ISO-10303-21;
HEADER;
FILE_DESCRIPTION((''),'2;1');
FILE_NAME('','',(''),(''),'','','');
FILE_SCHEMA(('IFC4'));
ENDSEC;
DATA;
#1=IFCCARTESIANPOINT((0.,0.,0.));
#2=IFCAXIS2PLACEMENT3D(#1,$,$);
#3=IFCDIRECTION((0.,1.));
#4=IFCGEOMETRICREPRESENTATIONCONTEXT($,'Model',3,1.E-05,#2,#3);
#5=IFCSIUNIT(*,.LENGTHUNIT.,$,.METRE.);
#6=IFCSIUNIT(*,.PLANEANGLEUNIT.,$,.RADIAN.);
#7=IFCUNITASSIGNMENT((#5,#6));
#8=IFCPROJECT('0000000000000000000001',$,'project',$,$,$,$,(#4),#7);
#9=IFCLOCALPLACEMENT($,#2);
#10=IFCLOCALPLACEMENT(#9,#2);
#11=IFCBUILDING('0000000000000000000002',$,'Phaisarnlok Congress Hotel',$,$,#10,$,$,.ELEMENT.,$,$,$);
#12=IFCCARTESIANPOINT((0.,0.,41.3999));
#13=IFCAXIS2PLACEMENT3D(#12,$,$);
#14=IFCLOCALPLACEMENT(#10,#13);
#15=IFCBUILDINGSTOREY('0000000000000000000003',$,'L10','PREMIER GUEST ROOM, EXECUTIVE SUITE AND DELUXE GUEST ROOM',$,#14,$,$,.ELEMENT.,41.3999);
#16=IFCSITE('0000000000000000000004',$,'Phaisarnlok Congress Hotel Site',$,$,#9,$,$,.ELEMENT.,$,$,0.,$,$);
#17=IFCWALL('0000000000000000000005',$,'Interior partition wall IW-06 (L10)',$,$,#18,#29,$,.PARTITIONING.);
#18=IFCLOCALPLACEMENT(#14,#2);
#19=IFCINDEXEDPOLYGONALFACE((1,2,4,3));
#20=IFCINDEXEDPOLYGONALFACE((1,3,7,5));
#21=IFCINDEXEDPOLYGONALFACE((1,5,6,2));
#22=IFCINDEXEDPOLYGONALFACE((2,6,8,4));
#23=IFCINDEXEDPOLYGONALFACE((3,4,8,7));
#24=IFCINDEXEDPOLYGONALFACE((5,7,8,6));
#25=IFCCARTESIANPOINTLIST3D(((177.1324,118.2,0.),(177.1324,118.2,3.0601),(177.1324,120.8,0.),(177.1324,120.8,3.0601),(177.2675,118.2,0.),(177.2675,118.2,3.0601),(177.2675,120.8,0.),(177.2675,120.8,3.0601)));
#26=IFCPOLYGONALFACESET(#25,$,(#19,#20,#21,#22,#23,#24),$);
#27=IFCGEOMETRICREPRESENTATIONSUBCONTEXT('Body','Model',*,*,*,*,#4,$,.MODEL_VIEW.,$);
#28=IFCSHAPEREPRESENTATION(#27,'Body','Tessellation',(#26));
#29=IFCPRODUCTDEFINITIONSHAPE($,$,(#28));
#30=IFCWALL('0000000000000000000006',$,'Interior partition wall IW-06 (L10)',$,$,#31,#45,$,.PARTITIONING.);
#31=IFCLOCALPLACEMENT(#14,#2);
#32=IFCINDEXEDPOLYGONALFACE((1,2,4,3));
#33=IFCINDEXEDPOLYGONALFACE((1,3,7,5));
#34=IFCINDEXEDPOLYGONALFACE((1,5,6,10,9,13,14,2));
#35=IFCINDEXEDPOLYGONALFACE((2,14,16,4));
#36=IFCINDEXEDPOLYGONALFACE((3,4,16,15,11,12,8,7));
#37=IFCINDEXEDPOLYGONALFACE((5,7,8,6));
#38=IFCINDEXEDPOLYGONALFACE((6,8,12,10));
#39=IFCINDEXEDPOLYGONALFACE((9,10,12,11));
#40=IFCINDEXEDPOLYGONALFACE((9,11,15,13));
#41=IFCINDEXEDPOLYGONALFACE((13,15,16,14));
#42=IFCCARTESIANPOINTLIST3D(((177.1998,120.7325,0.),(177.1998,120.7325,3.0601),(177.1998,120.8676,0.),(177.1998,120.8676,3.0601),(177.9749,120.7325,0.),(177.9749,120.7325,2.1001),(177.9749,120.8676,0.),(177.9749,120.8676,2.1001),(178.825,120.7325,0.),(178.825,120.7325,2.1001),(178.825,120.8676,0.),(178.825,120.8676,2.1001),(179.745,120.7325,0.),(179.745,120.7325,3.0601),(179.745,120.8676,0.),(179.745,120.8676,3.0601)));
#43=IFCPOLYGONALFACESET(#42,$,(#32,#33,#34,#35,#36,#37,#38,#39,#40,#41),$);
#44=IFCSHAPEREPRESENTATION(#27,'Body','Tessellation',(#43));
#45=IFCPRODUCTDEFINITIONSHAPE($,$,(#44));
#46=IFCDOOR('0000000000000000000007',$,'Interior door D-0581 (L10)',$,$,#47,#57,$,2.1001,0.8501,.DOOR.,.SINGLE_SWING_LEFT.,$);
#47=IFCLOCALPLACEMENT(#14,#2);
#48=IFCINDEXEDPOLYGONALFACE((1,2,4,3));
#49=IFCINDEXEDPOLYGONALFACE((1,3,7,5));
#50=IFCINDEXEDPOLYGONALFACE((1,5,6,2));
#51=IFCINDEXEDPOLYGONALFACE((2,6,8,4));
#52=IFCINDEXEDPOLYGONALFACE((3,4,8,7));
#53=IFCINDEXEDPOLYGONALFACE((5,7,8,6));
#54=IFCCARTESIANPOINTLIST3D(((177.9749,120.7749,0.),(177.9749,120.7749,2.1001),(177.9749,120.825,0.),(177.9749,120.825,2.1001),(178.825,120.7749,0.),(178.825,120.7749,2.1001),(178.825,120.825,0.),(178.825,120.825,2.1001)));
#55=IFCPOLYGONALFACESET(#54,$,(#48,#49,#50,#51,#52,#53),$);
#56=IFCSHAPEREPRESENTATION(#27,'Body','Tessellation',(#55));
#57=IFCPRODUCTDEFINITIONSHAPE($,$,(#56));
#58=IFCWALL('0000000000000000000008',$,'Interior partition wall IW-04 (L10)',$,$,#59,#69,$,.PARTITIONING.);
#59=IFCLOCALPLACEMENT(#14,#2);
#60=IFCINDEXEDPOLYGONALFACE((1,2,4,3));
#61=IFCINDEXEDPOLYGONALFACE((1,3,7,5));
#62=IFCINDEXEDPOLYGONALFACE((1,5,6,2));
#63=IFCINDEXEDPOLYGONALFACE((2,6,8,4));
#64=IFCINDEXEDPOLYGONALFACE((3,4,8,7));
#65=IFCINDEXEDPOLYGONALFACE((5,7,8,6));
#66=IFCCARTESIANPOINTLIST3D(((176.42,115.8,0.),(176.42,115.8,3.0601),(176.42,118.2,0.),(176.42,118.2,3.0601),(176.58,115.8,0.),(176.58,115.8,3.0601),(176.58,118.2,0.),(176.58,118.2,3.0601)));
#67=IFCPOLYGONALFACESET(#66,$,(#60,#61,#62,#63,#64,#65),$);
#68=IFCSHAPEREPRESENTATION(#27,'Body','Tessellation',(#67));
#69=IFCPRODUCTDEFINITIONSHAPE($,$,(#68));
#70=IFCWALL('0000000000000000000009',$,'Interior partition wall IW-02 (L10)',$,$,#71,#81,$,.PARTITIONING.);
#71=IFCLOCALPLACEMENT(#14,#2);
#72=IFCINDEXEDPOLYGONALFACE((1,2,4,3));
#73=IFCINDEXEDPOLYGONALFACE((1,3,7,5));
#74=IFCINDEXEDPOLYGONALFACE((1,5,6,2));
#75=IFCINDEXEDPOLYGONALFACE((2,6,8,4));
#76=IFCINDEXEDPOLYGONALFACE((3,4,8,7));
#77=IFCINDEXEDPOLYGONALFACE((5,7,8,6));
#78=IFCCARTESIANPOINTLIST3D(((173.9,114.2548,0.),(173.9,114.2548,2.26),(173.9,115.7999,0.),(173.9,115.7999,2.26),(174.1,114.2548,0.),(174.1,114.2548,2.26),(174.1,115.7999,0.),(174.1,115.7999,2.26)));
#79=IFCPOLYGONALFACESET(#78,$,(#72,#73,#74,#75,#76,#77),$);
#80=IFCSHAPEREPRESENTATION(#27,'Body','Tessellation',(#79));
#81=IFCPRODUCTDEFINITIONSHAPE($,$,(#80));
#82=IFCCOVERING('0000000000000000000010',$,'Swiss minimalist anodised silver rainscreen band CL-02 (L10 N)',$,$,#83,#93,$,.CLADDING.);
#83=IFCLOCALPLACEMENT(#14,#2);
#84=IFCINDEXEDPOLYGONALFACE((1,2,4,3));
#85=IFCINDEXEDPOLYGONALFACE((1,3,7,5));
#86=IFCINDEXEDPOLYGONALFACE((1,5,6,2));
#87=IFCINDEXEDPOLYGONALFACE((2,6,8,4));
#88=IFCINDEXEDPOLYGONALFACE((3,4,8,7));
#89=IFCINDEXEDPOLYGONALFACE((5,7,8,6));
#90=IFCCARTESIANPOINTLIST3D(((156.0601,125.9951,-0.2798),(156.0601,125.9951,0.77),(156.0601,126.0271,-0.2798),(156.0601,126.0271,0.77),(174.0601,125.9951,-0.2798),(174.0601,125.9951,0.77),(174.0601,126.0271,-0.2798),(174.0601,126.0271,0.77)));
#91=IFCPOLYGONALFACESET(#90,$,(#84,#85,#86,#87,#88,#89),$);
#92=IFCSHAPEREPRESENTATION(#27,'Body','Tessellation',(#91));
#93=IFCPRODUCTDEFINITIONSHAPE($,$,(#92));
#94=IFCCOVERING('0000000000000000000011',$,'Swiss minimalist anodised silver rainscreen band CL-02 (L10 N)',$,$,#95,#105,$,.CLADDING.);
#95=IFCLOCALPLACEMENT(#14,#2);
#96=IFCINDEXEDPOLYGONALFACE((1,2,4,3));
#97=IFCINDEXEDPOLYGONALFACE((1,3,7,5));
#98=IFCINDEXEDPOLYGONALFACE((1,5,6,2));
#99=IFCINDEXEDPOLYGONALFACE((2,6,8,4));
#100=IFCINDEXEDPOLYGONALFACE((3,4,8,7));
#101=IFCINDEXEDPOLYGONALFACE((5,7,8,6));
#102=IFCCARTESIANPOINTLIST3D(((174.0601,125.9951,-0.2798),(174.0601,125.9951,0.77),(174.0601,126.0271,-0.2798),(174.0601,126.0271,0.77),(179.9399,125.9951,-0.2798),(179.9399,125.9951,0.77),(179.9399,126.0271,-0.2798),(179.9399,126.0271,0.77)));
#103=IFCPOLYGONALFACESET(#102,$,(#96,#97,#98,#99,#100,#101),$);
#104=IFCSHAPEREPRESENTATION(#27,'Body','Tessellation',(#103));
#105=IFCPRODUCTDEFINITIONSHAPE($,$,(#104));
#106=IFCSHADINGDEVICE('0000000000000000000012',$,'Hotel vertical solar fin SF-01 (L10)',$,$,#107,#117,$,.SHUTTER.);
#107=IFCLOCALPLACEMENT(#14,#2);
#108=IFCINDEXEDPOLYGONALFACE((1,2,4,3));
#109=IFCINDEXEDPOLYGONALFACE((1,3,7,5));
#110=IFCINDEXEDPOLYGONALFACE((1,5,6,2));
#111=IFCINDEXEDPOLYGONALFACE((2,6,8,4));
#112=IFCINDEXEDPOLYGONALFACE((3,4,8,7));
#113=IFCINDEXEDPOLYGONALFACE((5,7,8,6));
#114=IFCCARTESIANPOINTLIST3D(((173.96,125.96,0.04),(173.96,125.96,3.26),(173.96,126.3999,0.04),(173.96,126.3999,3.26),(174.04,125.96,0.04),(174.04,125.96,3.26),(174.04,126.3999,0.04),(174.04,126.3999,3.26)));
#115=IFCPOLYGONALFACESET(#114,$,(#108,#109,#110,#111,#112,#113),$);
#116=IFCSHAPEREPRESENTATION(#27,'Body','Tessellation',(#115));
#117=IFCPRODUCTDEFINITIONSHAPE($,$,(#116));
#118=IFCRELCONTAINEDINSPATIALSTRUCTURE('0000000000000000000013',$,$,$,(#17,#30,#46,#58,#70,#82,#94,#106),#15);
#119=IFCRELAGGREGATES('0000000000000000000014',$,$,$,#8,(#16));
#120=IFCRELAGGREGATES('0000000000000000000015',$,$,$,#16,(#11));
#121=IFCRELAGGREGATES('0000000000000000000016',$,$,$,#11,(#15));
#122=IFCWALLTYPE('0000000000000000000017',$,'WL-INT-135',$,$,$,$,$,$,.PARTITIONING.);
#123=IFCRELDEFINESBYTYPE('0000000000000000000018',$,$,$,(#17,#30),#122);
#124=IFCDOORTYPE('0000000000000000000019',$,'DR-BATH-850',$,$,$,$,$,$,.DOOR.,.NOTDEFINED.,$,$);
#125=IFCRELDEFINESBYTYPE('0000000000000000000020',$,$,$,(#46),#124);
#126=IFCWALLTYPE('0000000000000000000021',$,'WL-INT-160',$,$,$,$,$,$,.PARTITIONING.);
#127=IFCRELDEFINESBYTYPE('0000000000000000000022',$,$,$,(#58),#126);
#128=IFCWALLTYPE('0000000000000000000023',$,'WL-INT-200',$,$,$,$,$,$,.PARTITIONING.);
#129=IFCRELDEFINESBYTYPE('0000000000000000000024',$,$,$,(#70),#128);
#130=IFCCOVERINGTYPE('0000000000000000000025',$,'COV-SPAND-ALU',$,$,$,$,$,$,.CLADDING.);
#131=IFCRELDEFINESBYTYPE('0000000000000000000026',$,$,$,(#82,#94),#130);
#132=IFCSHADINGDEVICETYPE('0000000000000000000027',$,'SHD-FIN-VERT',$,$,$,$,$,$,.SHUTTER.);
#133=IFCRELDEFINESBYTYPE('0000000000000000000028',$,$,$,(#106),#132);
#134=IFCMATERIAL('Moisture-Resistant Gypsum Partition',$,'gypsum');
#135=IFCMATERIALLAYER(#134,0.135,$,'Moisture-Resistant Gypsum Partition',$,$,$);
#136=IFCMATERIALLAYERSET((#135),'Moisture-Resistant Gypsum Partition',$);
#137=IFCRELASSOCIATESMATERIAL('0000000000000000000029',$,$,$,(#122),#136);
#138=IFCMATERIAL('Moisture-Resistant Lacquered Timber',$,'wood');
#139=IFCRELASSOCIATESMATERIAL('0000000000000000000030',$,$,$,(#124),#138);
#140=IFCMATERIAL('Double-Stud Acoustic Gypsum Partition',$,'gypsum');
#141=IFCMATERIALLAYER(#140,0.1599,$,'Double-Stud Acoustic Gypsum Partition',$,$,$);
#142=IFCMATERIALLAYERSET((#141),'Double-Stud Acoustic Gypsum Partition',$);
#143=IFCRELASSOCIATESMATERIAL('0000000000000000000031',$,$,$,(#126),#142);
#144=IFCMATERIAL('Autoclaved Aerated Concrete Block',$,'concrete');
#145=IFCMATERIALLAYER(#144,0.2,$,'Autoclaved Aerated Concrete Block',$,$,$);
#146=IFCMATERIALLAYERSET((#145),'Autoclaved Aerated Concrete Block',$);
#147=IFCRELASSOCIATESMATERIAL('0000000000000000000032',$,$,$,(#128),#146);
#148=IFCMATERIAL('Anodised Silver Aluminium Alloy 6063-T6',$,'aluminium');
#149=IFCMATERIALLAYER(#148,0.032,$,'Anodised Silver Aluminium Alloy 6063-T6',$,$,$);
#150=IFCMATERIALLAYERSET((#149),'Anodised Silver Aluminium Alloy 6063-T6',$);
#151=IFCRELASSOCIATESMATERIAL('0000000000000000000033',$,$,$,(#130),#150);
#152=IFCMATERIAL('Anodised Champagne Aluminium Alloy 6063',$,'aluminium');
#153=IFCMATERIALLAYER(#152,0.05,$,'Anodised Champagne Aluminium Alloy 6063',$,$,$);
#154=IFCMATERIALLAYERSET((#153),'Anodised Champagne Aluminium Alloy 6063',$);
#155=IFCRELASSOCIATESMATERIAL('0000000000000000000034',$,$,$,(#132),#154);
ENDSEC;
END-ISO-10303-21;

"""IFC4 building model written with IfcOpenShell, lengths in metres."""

from ifc_helpers import new_model, si_unit, direction, frame, frame_2d, origin, origin_2d, place, context, subcontext, project, spatial, polyline, rectangle, outline, extrude, material, layer, layer_set, type_object, element, fill, save


model = new_model("IFC4")

# Units and contexts
model_context = context("Model", 3, precision=1e-05, world=origin(), true_north=direction((0.0, 1.0)))
body_context = subcontext(model_context, "Body", "Model", "MODEL_VIEW")
ifc_project = project(units=[si_unit("LENGTHUNIT", "METRE"), si_unit("PLANEANGLEUNIT", "RADIAN")], contexts=[model_context])

# Site, building, storey
site_placement = place(None, origin())
site = spatial("IfcSite", under=ifc_project, at=site_placement, Name="Phaisarnlok Congress Hotel Site", CompositionType="ELEMENT", RefElevation=0.0)
building_placement = place(site_placement, origin())
building = spatial("IfcBuilding", under=site, at=building_placement, Name="Phaisarnlok Congress Hotel", CompositionType="ELEMENT")
storey_placement = place(building_placement, frame((0.0, 0.0, 41.3999)))
storey = spatial("IfcBuildingStorey", under=building, at=storey_placement, Name="L10", Description="PREMIER GUEST ROOM, EXECUTIVE SUITE AND DELUXE GUEST ROOM", CompositionType="ELEMENT", Elevation=41.3999)

# Wall
ifc_material_1 = material(Name="Moisture-Resistant Gypsum Partition", Category="gypsum")
ifc_layer_1 = layer(ifc_material_1, 0.135, Name="Moisture-Resistant Gypsum Partition")
ifc_layer_set_1 = layer_set([ifc_layer_1], Name="Moisture-Resistant Gypsum Partition")
wall_type_1 = type_object("IfcWallType", Name="WL-INT-135", PredefinedType="PARTITIONING", material=ifc_layer_set_1)
wall_1_placement = place(storey_placement, frame((177.2, 118.2, 0.0), z_axis=(0.0, 0.0, 1.0), x_axis=(0.0, 1.0, 0.0)))
element("IfcWall", 1, at=wall_1_placement, inside=storey, type_object=wall_type_1, Name="Interior partition wall IW-06 (L10)", PredefinedType="PARTITIONING", context=body_context, shape_type="SweptSolid", body=[
    extrude(rectangle(XDim=2.6001, YDim=0.135, at=frame_2d((1.3, 0.0))), origin(), (0.0, 0.0, 1.0), 3.0601),
])

# Wall, opening, door
wall_2_placement = place(storey_placement, frame((177.2, 120.8, 0.0), z_axis=(0.0, 0.0, 1.0), x_axis=(1.0, 0.0, 0.0)))
wall_2 = element("IfcWall", 2, at=wall_2_placement, inside=storey, type_object=wall_type_1, Name="Interior partition wall IW-06 (L10)", PredefinedType="PARTITIONING", context=body_context, shape_type="SweptSolid", body=[
    extrude(rectangle(XDim=2.5452, YDim=0.135, at=frame_2d((1.2725, 0.0))), origin(), (0.0, 0.0, 1.0), 3.0601),
])
opening_1_placement = place(wall_2_placement, frame((0.7749, 0.0, 0.0)))
opening_1 = element("IfcOpeningElement", 3, at=opening_1_placement, cuts=wall_2, PredefinedType="OPENING", context=body_context, shape_type="SweptSolid", body=[
    extrude(rectangle(XDim=0.8501, YDim=2.1001, at=frame_2d((0.425, 1.05))), frame((0.0, 0.0776, 0.0), z_axis=(0.0, -1.0, 0.0), x_axis=(1.0, 0.0, 0.0)), (0.0, 0.0, 1.0), 0.155),
])
ifc_material_2 = material(Name="Moisture-Resistant Lacquered Timber", Category="wood")
door_type = type_object("IfcDoorType", Name="DR-BATH-850", OperationType="NOTDEFINED", PredefinedType="DOOR", material=ifc_material_2)
door_placement = place(opening_1_placement, origin())
door = element("IfcDoor", 4, at=door_placement, inside=storey, type_object=door_type, Name="Interior door D-0581 (L10)", OperationType="SINGLE_SWING_LEFT", OverallHeight=2.1001, OverallWidth=0.8501, PredefinedType="DOOR", context=body_context, shape_type="SweptSolid", body=[
    extrude(rectangle(XDim=0.8501, YDim=2.1001, at=frame_2d((0.425, 1.05))), frame((0.0, 0.0249, 0.0), z_axis=(0.0, -1.0, 0.0), x_axis=(1.0, 0.0, 0.0)), (0.0, 0.0, 1.0), 0.05),
])
fill(opening_1, door)

# Walls
ifc_material_3 = material(Name="Double-Stud Acoustic Gypsum Partition", Category="gypsum")
ifc_layer_2 = layer(ifc_material_3, 0.1599, Name="Double-Stud Acoustic Gypsum Partition")
ifc_layer_set_2 = layer_set([ifc_layer_2], Name="Double-Stud Acoustic Gypsum Partition")
wall_type_2 = type_object("IfcWallType", Name="WL-INT-160", PredefinedType="PARTITIONING", material=ifc_layer_set_2)
wall_3_placement = place(storey_placement, frame((176.5, 115.8, 0.0), z_axis=(0.0, 0.0, 1.0), x_axis=(0.0, 1.0, 0.0)))
element("IfcWall", 5, at=wall_3_placement, inside=storey, type_object=wall_type_2, Name="Interior partition wall IW-04 (L10)", PredefinedType="PARTITIONING", context=body_context, shape_type="SweptSolid", body=[
    extrude(rectangle(XDim=2.3999, YDim=0.1599, at=frame_2d((1.2, 0.0))), origin(), (0.0, 0.0, 1.0), 3.0601),
])
ifc_material_4 = material(Name="Autoclaved Aerated Concrete Block", Category="concrete")
ifc_layer_3 = layer(ifc_material_4, 0.2, Name="Autoclaved Aerated Concrete Block")
ifc_layer_set_3 = layer_set([ifc_layer_3], Name="Autoclaved Aerated Concrete Block")
wall_type_3 = type_object("IfcWallType", Name="WL-INT-200", PredefinedType="PARTITIONING", material=ifc_layer_set_3)
wall_4_placement = place(storey_placement, frame((174.0, 114.2549, 0.0), z_axis=(0.0, 0.0, 1.0), x_axis=(0.0, 1.0, 0.0)))
element("IfcWall", 6, at=wall_4_placement, inside=storey, type_object=wall_type_3, Name="Interior partition wall IW-02 (L10)", PredefinedType="PARTITIONING", context=body_context, shape_type="SweptSolid", body=[
    extrude(rectangle(XDim=1.5452, YDim=0.2, at=frame_2d((0.7725, 0.0))), origin(), (0.0, 0.0, 1.0), 2.26),
])

# Coverings
ifc_material_5 = material(Name="Anodised Silver Aluminium Alloy 6063-T6", Category="aluminium")
ifc_layer_4 = layer(ifc_material_5, 0.032, Name="Anodised Silver Aluminium Alloy 6063-T6")
ifc_layer_set_4 = layer_set([ifc_layer_4], Name="Anodised Silver Aluminium Alloy 6063-T6")
covering_type = type_object("IfcCoveringType", Name="COV-SPAND-ALU", PredefinedType="CLADDING", material=ifc_layer_set_4)
covering_1_placement = place(storey_placement, frame((174.0601, 125.9951, -0.2798), z_axis=(0.0, 1.0, 0.0), x_axis=(-1.0, 0.0, 0.0)))
element("IfcCovering", 7, at=covering_1_placement, inside=storey, type_object=covering_type, Name="Swiss minimalist anodised silver rainscreen band CL-02 (L10 N)", PredefinedType="CLADDING", context=body_context, shape_type="SweptSolid", body=[
    extrude(outline(polyline([(0.0, 0.0), (18.0, 0.0), (18.0, 1.0498), (0.0, 1.0498), (0.0, 0.0)])), origin(), (0.0, 0.0, 1.0), 0.032),
])
covering_2_placement = place(storey_placement, frame((179.9399, 125.9951, -0.2798), z_axis=(0.0, 1.0, 0.0), x_axis=(-1.0, 0.0, 0.0)))
element("IfcCovering", 8, at=covering_2_placement, inside=storey, type_object=covering_type, Name="Swiss minimalist anodised silver rainscreen band CL-02 (L10 N)", PredefinedType="CLADDING", context=body_context, shape_type="SweptSolid", body=[
    extrude(outline(polyline([(0.0, 0.0), (5.8799, 0.0), (5.8799, 1.0498), (0.0, 1.0498), (0.0, 0.0)])), origin(), (0.0, 0.0, 1.0), 0.032),
])

# Shading device
ifc_material_6 = material(Name="Anodised Champagne Aluminium Alloy 6063", Category="aluminium")
ifc_layer_5 = layer(ifc_material_6, 0.05, Name="Anodised Champagne Aluminium Alloy 6063")
ifc_layer_set_5 = layer_set([ifc_layer_5], Name="Anodised Champagne Aluminium Alloy 6063")
shading_device_type = type_object("IfcShadingDeviceType", Name="SHD-FIN-VERT", PredefinedType="SHUTTER", material=ifc_layer_set_5)
shading_device_placement = place(storey_placement, frame((174.0, 126.1799, 0.04), z_axis=(0.0, 0.0, 1.0), x_axis=(1.0, 0.0, 0.0)))
element("IfcShadingDevice", 9, at=shading_device_placement, inside=storey, type_object=shading_device_type, Name="Hotel vertical solar fin SF-01 (L10)", PredefinedType="SHUTTER", context=body_context, shape_type="SweptSolid", body=[
    extrude(rectangle(XDim=0.0801, YDim=0.4399, at=origin_2d()), origin(), (0.0, 0.0, 1.0), 3.22),
])

save(model, "model.ifc")
